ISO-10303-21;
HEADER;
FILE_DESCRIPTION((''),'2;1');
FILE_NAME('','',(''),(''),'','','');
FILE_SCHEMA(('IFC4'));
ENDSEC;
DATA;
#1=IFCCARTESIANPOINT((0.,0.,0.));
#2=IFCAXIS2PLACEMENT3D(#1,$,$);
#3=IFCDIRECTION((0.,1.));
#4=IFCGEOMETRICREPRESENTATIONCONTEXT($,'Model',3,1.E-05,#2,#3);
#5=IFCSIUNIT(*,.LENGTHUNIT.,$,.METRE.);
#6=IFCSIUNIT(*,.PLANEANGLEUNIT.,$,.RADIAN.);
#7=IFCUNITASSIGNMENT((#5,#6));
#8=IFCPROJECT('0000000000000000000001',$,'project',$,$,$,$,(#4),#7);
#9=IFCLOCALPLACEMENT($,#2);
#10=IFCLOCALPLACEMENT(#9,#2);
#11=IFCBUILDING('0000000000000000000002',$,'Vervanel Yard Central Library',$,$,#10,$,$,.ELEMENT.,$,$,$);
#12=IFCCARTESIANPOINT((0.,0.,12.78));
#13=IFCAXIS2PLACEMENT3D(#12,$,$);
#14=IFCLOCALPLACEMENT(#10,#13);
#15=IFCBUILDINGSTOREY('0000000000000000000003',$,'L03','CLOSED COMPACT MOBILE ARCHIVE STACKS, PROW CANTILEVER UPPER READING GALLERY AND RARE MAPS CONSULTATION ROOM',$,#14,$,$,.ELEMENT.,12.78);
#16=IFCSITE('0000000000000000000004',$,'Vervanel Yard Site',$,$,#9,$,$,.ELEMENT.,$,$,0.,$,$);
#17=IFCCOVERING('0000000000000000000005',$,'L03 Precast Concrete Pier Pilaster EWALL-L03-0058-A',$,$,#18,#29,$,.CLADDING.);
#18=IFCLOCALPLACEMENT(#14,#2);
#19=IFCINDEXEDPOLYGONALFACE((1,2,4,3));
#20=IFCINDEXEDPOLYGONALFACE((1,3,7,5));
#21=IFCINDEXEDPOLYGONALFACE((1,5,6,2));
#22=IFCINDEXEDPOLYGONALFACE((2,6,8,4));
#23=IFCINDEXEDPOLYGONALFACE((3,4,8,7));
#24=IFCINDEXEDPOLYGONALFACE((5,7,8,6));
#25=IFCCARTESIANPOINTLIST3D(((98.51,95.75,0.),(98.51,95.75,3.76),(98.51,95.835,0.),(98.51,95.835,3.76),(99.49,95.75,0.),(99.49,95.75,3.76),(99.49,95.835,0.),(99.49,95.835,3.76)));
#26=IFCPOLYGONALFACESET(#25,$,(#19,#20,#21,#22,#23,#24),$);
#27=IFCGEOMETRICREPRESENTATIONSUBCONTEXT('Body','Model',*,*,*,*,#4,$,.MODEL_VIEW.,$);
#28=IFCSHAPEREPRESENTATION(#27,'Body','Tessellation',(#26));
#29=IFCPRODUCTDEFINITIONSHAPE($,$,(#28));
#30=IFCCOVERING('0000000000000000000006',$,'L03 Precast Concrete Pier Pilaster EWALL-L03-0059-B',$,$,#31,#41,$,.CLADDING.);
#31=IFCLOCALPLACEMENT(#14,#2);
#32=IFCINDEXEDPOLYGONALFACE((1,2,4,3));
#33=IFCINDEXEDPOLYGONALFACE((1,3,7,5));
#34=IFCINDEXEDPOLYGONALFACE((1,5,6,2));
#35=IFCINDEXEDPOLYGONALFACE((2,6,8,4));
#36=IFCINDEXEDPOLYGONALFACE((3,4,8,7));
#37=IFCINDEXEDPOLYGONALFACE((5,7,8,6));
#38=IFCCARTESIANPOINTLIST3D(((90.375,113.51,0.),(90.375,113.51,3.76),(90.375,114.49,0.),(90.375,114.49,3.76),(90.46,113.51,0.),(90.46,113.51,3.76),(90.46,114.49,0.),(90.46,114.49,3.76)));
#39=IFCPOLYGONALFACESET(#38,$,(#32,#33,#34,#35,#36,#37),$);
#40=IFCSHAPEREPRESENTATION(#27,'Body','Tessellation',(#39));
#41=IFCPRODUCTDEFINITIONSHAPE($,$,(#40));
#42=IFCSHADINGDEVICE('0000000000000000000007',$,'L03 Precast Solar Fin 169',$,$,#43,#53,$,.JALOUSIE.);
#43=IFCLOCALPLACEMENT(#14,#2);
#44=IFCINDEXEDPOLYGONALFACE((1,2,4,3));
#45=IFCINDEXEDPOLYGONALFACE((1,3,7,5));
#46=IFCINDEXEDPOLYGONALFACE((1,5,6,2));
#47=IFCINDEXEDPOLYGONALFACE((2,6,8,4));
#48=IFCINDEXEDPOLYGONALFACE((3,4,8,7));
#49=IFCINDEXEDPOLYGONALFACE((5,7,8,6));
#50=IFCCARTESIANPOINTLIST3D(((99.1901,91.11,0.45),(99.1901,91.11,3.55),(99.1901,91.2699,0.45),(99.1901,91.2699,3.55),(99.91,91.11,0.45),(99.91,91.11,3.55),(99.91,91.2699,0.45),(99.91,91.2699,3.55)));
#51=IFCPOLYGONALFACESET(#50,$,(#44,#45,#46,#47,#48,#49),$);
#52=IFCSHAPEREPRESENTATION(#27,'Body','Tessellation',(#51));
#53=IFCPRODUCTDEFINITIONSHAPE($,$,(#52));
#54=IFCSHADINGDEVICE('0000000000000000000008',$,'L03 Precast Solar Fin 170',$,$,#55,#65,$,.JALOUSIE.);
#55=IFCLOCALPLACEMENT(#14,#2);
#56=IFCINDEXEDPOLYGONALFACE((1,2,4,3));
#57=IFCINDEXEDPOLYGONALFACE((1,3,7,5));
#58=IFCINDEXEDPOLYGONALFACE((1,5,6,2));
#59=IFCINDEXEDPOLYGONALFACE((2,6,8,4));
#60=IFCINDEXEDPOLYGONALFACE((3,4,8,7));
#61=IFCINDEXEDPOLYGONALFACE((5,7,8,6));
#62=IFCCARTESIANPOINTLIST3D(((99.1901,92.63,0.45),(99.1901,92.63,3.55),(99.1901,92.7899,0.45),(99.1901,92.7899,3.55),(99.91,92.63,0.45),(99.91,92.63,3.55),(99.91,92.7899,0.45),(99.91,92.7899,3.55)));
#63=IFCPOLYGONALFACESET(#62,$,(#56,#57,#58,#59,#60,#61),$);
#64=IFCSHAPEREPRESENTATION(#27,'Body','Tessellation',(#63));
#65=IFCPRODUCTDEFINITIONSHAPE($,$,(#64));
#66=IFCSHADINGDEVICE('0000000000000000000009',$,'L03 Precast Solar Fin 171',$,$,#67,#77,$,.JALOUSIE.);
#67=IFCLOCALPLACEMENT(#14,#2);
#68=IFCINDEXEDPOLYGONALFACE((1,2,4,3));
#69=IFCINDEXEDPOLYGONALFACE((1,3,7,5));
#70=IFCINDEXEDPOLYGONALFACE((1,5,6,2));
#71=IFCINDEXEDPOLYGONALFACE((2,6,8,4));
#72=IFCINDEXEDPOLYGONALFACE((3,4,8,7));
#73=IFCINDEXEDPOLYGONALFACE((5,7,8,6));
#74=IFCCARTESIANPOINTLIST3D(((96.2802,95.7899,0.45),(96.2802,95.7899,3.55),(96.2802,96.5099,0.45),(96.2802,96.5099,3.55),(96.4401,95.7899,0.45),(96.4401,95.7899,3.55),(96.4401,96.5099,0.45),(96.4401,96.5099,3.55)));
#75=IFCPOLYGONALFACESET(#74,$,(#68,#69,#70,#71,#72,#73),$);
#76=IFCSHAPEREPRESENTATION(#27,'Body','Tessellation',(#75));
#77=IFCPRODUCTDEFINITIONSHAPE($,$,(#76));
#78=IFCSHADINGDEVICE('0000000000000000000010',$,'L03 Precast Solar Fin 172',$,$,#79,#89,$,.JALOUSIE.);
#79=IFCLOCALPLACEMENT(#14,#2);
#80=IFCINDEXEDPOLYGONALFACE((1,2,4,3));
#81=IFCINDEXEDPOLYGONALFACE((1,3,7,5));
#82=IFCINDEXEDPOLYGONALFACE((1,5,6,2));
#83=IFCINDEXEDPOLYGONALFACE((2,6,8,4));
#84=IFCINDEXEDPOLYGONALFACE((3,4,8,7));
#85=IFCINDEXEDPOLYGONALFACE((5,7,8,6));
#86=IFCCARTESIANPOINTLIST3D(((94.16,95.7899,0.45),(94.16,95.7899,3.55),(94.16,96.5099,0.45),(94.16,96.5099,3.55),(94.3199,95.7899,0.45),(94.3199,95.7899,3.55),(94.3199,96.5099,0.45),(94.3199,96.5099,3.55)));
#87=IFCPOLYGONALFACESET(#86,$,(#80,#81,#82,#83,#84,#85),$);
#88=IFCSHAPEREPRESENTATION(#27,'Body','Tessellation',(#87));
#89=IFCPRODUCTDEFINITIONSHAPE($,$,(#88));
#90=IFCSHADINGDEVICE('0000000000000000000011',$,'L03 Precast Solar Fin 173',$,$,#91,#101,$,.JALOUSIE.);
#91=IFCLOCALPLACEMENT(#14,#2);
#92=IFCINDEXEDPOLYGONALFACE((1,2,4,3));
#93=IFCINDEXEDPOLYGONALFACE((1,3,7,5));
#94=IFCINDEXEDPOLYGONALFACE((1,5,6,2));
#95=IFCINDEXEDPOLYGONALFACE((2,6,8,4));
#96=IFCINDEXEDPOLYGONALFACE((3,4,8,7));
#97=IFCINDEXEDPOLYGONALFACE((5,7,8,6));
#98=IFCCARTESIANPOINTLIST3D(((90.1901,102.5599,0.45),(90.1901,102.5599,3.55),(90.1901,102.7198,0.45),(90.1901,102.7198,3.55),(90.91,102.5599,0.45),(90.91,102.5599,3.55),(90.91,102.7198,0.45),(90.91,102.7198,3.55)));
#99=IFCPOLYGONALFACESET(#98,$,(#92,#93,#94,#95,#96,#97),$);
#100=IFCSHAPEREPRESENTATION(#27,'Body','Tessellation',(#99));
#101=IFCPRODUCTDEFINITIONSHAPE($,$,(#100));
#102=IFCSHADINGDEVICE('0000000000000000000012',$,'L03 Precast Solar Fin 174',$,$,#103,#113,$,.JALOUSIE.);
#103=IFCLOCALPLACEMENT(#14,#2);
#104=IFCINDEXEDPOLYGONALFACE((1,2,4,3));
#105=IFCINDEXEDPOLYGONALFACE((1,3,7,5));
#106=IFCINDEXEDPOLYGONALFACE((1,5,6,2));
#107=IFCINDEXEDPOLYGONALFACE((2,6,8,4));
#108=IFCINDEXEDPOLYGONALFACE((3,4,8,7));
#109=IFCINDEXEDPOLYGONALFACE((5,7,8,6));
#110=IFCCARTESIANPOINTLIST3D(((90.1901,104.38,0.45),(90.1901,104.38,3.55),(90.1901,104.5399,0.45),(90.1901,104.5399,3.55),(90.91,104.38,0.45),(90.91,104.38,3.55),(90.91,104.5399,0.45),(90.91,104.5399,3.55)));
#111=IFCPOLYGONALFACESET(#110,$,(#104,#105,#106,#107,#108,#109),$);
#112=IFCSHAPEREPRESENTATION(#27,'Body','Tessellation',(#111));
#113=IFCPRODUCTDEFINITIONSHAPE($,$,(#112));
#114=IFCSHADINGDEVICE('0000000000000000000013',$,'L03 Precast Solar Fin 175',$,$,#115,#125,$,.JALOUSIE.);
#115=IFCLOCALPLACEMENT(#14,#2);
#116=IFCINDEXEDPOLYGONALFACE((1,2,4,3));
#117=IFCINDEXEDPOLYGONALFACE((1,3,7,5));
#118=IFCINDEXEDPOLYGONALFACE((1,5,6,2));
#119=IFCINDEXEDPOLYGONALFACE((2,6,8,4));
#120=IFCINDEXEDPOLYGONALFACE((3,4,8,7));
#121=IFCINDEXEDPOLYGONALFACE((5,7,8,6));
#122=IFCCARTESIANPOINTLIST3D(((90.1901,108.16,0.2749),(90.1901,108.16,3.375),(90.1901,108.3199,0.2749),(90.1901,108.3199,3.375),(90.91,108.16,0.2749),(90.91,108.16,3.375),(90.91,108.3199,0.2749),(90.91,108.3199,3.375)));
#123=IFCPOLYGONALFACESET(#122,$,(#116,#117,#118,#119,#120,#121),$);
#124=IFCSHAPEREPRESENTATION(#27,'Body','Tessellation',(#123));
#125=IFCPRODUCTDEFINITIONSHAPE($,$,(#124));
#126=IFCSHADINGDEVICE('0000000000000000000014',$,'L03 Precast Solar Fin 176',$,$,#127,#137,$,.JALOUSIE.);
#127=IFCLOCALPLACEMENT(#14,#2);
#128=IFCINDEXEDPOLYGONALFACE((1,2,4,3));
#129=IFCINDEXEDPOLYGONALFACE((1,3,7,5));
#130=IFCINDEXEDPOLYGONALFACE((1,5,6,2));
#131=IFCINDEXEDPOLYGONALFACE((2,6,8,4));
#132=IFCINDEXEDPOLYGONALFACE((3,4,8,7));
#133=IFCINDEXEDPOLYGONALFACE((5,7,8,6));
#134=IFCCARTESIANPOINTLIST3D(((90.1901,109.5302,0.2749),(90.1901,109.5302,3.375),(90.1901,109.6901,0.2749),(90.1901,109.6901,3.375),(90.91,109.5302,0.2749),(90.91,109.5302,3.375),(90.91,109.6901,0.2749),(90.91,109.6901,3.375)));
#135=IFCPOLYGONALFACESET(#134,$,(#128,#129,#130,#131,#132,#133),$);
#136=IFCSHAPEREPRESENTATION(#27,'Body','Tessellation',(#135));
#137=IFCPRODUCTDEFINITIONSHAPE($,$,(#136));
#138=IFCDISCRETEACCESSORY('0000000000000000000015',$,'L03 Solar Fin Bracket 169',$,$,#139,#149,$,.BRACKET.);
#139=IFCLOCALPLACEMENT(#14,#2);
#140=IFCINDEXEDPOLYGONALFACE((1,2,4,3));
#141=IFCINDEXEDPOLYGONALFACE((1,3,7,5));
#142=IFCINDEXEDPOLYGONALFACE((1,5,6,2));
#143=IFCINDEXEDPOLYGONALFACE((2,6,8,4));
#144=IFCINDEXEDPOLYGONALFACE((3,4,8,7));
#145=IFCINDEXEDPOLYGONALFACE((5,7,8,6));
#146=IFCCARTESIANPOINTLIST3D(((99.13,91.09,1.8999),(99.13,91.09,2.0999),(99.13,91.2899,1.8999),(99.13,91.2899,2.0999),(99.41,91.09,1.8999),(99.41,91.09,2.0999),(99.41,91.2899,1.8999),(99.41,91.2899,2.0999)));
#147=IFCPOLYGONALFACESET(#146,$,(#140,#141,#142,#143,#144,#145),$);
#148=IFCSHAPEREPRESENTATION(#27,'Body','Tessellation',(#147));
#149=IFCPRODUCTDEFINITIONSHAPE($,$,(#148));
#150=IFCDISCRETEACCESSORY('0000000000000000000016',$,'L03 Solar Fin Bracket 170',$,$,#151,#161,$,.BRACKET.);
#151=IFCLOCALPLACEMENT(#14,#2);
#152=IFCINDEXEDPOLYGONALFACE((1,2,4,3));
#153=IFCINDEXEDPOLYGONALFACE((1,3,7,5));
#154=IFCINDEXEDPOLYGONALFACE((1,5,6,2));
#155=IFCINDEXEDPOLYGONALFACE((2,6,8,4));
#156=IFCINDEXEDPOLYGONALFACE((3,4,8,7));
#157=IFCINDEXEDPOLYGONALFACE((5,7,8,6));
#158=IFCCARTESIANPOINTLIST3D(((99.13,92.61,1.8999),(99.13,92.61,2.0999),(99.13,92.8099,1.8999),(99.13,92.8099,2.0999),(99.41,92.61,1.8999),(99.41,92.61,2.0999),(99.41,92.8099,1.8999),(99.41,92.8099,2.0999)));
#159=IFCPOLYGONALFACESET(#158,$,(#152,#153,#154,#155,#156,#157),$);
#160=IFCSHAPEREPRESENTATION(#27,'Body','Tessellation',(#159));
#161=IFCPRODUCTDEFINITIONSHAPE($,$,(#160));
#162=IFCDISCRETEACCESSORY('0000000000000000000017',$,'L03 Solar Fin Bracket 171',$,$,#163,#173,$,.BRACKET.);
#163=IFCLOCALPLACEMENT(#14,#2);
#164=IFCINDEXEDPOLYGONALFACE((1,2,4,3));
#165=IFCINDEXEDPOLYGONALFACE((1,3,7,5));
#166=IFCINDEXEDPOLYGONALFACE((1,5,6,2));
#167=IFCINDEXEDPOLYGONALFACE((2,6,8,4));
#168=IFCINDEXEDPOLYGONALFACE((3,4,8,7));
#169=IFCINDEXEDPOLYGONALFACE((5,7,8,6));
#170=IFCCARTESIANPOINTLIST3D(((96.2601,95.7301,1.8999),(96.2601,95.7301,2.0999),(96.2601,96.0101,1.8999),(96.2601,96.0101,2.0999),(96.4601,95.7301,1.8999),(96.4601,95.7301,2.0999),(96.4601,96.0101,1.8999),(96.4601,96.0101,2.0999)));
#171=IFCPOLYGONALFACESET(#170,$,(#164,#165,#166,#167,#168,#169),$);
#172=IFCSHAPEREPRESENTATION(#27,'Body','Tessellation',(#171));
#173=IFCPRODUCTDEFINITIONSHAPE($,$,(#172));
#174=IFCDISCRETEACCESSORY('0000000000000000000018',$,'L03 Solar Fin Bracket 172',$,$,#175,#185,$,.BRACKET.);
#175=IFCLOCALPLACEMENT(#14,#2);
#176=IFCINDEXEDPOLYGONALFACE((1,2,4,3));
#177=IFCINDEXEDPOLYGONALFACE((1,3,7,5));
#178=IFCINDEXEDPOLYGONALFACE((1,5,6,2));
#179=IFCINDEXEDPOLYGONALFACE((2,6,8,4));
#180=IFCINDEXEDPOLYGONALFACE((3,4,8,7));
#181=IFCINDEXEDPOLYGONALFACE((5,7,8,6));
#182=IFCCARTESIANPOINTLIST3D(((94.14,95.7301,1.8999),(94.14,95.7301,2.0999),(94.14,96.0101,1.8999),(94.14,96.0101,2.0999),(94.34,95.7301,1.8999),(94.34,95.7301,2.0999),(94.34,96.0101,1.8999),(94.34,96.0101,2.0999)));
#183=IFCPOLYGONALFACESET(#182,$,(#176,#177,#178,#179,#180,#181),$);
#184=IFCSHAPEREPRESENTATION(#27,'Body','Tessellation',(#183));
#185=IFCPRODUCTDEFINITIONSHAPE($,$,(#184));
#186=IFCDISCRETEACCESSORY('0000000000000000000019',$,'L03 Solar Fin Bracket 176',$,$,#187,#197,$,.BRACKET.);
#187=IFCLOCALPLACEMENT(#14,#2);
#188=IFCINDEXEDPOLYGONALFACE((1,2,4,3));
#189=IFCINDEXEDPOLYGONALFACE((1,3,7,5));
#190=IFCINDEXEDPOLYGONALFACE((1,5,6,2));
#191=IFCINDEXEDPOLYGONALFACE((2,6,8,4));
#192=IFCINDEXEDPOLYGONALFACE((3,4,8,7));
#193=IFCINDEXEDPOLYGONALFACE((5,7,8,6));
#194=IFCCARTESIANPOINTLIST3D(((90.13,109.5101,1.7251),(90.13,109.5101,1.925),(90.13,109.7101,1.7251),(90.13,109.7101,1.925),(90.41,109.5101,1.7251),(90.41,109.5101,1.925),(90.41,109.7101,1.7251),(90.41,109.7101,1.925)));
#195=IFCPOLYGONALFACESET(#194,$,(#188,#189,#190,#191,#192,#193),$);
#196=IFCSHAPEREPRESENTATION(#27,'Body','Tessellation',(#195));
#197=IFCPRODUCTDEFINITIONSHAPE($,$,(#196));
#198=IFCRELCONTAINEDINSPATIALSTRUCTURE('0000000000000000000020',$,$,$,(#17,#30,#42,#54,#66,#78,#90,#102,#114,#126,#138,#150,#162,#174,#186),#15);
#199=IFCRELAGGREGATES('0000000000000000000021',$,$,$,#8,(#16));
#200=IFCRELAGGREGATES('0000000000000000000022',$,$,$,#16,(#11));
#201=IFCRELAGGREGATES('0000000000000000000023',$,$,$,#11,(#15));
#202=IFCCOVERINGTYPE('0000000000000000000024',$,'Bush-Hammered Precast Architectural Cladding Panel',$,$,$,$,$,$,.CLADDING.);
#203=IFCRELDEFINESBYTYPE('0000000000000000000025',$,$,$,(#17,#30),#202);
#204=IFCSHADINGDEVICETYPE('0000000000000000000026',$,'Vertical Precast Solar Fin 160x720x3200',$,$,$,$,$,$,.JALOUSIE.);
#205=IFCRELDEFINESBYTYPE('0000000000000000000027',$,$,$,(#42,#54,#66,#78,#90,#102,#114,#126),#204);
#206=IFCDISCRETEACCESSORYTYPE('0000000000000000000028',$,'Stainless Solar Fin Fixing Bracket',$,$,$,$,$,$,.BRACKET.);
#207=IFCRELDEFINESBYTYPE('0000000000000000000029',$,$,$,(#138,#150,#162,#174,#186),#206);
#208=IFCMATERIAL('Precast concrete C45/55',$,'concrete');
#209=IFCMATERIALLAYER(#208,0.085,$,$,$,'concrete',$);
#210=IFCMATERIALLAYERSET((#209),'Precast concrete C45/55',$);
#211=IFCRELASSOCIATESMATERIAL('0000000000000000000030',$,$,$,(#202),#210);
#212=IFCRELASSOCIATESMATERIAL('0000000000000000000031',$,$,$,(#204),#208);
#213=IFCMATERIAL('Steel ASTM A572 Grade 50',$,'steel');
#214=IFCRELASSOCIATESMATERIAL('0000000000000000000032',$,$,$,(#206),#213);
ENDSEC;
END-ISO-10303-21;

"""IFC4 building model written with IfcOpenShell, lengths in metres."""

from ifc_helpers import new_model, si_unit, direction, frame, origin, origin_2d, place, context, subcontext, project, spatial, rectangle, extrude, material, layer, layer_set, type_object, element, save


model = new_model("IFC4")

# Units and contexts
model_context = context("Model", 3, precision=1e-05, world=origin(), true_north=direction((0.0, 1.0)))
body_context = subcontext(model_context, "Body", "Model", "MODEL_VIEW")
ifc_project = project(units=[si_unit("LENGTHUNIT", "METRE"), si_unit("PLANEANGLEUNIT", "RADIAN")], contexts=[model_context])

# Site, building, storey
site_placement = place(None, origin())
site = spatial("IfcSite", under=ifc_project, at=site_placement, Name="Vervanel Yard Site", CompositionType="ELEMENT", RefElevation=0.0)
building_placement = place(site_placement, origin())
building = spatial("IfcBuilding", under=site, at=building_placement, Name="Vervanel Yard Central Library", CompositionType="ELEMENT")
storey_placement = place(building_placement, frame((0.0, 0.0, 12.78)))
storey = spatial("IfcBuildingStorey", under=building, at=storey_placement, Name="L03", Description="CLOSED COMPACT MOBILE ARCHIVE STACKS, PROW CANTILEVER UPPER READING GALLERY AND RARE MAPS CONSULTATION ROOM", CompositionType="ELEMENT", Elevation=12.78)

# Shared definitions
ifc_material_1 = material(Name="Precast concrete C45/55", Category="concrete")

# Coverings
ifc_layer_1 = layer(ifc_material_1, 0.085, Category="concrete")
ifc_layer_set_1 = layer_set([ifc_layer_1], Name="Precast concrete C45/55")
covering_type = type_object("IfcCoveringType", Name="Bush-Hammered Precast Architectural Cladding Panel", PredefinedType="CLADDING", material=ifc_layer_set_1)
for number, where, z_axis, x_axis, name in (
    (1, (99.0, 95.7925, 0.0), (0.0, 0.0, 1.0), (-1.0, 0.0, 0.0), "L03 Precast Concrete Pier Pilaster EWALL-L03-0058-A"),
    (2, (90.4175, 114.0, 0.0), (0.0, 0.0, 1.0), (0.0, 1.0, 0.0), "L03 Precast Concrete Pier Pilaster EWALL-L03-0059-B"),
):
    element("IfcCovering", number, at=place(storey_placement, frame(where, z_axis=z_axis, x_axis=x_axis)), inside=storey, type_object=covering_type, Name=name, PredefinedType="CLADDING", context=body_context, shape_type="SweptSolid", body=[
        extrude(rectangle(XDim=0.98, YDim=0.085, at=origin_2d()), origin(), (0.0, 0.0, 1.0), 3.76),
    ])

# Shading devices
shading_device_type = type_object("IfcShadingDeviceType", Name="Vertical Precast Solar Fin 160x720x3200", PredefinedType="JALOUSIE", material=ifc_material_1)
for number, where, z_axis, x_axis, name in (
    (3, (99.55, 91.1899, 0.45), (0.0, 0.0, 1.0), (0.0, 1.0, 0.0), "L03 Precast Solar Fin 169"),
    (4, (99.55, 92.71, 0.45), (0.0, 0.0, 1.0), (0.0, 1.0, 0.0), "L03 Precast Solar Fin 170"),
    (5, (96.3601, 96.1499, 0.45), (0.0, 0.0, 1.0), (-1.0, 0.0, 0.0), "L03 Precast Solar Fin 171"),
    (6, (94.24, 96.1499, 0.45), (0.0, 0.0, 1.0), (-1.0, 0.0, 0.0), "L03 Precast Solar Fin 172"),
    (7, (90.55, 102.6399, 0.45), (0.0, 0.0, 1.0), (0.0, 1.0, 0.0), "L03 Precast Solar Fin 173"),
    (8, (90.55, 104.46, 0.45), (0.0, 0.0, 1.0), (0.0, 1.0, 0.0), "L03 Precast Solar Fin 174"),
    (9, (90.55, 108.24, 0.2749), (0.0, 0.0, 1.0), (0.0, 1.0, 0.0), "L03 Precast Solar Fin 175"),
    (10, (90.55, 109.6101, 0.2749), (0.0, 0.0, 1.0), (0.0, 1.0, 0.0), "L03 Precast Solar Fin 176"),
):
    element("IfcShadingDevice", number, at=place(storey_placement, frame(where, z_axis=z_axis, x_axis=x_axis)), inside=storey, type_object=shading_device_type, Name=name, PredefinedType="JALOUSIE", context=body_context, shape_type="SweptSolid", body=[
        extrude(rectangle(XDim=0.1599, YDim=0.72, at=origin_2d()), origin(), (0.0, 0.0, 1.0), 3.1001),
    ])

# Discrete accessories
ifc_material_2 = material(Name="Steel ASTM A572 Grade 50", Category="steel")
discrete_accessory_type = type_object("IfcDiscreteAccessoryType", Name="Stainless Solar Fin Fixing Bracket", PredefinedType="BRACKET", material=ifc_material_2)
for number, where, z_axis, x_axis, name in (
    (11, (99.27, 91.1899, 1.8999), (0.0, 0.0, 1.0), (0.0, 1.0, 0.0), "L03 Solar Fin Bracket 169"),
    (12, (99.27, 92.71, 1.8999), (0.0, 0.0, 1.0), (0.0, 1.0, 0.0), "L03 Solar Fin Bracket 170"),
    (13, (96.3601, 95.8701, 1.8999), (0.0, 0.0, 1.0), (-1.0, 0.0, 0.0), "L03 Solar Fin Bracket 171"),
    (14, (94.24, 95.8701, 1.8999), (0.0, 0.0, 1.0), (-1.0, 0.0, 0.0), "L03 Solar Fin Bracket 172"),
    (15, (90.27, 109.6101, 1.7251), (0.0, 0.0, 1.0), (0.0, 1.0, 0.0), "L03 Solar Fin Bracket 176"),
):
    element("IfcDiscreteAccessory", number, at=place(storey_placement, frame(where, z_axis=z_axis, x_axis=x_axis)), inside=storey, type_object=discrete_accessory_type, Name=name, PredefinedType="BRACKET", context=body_context, shape_type="SweptSolid", body=[
        extrude(rectangle(XDim=0.2, YDim=0.28, at=origin_2d()), origin(), (0.0, 0.0, 1.0), 0.2),
    ])

save(model, "model.ifc")
